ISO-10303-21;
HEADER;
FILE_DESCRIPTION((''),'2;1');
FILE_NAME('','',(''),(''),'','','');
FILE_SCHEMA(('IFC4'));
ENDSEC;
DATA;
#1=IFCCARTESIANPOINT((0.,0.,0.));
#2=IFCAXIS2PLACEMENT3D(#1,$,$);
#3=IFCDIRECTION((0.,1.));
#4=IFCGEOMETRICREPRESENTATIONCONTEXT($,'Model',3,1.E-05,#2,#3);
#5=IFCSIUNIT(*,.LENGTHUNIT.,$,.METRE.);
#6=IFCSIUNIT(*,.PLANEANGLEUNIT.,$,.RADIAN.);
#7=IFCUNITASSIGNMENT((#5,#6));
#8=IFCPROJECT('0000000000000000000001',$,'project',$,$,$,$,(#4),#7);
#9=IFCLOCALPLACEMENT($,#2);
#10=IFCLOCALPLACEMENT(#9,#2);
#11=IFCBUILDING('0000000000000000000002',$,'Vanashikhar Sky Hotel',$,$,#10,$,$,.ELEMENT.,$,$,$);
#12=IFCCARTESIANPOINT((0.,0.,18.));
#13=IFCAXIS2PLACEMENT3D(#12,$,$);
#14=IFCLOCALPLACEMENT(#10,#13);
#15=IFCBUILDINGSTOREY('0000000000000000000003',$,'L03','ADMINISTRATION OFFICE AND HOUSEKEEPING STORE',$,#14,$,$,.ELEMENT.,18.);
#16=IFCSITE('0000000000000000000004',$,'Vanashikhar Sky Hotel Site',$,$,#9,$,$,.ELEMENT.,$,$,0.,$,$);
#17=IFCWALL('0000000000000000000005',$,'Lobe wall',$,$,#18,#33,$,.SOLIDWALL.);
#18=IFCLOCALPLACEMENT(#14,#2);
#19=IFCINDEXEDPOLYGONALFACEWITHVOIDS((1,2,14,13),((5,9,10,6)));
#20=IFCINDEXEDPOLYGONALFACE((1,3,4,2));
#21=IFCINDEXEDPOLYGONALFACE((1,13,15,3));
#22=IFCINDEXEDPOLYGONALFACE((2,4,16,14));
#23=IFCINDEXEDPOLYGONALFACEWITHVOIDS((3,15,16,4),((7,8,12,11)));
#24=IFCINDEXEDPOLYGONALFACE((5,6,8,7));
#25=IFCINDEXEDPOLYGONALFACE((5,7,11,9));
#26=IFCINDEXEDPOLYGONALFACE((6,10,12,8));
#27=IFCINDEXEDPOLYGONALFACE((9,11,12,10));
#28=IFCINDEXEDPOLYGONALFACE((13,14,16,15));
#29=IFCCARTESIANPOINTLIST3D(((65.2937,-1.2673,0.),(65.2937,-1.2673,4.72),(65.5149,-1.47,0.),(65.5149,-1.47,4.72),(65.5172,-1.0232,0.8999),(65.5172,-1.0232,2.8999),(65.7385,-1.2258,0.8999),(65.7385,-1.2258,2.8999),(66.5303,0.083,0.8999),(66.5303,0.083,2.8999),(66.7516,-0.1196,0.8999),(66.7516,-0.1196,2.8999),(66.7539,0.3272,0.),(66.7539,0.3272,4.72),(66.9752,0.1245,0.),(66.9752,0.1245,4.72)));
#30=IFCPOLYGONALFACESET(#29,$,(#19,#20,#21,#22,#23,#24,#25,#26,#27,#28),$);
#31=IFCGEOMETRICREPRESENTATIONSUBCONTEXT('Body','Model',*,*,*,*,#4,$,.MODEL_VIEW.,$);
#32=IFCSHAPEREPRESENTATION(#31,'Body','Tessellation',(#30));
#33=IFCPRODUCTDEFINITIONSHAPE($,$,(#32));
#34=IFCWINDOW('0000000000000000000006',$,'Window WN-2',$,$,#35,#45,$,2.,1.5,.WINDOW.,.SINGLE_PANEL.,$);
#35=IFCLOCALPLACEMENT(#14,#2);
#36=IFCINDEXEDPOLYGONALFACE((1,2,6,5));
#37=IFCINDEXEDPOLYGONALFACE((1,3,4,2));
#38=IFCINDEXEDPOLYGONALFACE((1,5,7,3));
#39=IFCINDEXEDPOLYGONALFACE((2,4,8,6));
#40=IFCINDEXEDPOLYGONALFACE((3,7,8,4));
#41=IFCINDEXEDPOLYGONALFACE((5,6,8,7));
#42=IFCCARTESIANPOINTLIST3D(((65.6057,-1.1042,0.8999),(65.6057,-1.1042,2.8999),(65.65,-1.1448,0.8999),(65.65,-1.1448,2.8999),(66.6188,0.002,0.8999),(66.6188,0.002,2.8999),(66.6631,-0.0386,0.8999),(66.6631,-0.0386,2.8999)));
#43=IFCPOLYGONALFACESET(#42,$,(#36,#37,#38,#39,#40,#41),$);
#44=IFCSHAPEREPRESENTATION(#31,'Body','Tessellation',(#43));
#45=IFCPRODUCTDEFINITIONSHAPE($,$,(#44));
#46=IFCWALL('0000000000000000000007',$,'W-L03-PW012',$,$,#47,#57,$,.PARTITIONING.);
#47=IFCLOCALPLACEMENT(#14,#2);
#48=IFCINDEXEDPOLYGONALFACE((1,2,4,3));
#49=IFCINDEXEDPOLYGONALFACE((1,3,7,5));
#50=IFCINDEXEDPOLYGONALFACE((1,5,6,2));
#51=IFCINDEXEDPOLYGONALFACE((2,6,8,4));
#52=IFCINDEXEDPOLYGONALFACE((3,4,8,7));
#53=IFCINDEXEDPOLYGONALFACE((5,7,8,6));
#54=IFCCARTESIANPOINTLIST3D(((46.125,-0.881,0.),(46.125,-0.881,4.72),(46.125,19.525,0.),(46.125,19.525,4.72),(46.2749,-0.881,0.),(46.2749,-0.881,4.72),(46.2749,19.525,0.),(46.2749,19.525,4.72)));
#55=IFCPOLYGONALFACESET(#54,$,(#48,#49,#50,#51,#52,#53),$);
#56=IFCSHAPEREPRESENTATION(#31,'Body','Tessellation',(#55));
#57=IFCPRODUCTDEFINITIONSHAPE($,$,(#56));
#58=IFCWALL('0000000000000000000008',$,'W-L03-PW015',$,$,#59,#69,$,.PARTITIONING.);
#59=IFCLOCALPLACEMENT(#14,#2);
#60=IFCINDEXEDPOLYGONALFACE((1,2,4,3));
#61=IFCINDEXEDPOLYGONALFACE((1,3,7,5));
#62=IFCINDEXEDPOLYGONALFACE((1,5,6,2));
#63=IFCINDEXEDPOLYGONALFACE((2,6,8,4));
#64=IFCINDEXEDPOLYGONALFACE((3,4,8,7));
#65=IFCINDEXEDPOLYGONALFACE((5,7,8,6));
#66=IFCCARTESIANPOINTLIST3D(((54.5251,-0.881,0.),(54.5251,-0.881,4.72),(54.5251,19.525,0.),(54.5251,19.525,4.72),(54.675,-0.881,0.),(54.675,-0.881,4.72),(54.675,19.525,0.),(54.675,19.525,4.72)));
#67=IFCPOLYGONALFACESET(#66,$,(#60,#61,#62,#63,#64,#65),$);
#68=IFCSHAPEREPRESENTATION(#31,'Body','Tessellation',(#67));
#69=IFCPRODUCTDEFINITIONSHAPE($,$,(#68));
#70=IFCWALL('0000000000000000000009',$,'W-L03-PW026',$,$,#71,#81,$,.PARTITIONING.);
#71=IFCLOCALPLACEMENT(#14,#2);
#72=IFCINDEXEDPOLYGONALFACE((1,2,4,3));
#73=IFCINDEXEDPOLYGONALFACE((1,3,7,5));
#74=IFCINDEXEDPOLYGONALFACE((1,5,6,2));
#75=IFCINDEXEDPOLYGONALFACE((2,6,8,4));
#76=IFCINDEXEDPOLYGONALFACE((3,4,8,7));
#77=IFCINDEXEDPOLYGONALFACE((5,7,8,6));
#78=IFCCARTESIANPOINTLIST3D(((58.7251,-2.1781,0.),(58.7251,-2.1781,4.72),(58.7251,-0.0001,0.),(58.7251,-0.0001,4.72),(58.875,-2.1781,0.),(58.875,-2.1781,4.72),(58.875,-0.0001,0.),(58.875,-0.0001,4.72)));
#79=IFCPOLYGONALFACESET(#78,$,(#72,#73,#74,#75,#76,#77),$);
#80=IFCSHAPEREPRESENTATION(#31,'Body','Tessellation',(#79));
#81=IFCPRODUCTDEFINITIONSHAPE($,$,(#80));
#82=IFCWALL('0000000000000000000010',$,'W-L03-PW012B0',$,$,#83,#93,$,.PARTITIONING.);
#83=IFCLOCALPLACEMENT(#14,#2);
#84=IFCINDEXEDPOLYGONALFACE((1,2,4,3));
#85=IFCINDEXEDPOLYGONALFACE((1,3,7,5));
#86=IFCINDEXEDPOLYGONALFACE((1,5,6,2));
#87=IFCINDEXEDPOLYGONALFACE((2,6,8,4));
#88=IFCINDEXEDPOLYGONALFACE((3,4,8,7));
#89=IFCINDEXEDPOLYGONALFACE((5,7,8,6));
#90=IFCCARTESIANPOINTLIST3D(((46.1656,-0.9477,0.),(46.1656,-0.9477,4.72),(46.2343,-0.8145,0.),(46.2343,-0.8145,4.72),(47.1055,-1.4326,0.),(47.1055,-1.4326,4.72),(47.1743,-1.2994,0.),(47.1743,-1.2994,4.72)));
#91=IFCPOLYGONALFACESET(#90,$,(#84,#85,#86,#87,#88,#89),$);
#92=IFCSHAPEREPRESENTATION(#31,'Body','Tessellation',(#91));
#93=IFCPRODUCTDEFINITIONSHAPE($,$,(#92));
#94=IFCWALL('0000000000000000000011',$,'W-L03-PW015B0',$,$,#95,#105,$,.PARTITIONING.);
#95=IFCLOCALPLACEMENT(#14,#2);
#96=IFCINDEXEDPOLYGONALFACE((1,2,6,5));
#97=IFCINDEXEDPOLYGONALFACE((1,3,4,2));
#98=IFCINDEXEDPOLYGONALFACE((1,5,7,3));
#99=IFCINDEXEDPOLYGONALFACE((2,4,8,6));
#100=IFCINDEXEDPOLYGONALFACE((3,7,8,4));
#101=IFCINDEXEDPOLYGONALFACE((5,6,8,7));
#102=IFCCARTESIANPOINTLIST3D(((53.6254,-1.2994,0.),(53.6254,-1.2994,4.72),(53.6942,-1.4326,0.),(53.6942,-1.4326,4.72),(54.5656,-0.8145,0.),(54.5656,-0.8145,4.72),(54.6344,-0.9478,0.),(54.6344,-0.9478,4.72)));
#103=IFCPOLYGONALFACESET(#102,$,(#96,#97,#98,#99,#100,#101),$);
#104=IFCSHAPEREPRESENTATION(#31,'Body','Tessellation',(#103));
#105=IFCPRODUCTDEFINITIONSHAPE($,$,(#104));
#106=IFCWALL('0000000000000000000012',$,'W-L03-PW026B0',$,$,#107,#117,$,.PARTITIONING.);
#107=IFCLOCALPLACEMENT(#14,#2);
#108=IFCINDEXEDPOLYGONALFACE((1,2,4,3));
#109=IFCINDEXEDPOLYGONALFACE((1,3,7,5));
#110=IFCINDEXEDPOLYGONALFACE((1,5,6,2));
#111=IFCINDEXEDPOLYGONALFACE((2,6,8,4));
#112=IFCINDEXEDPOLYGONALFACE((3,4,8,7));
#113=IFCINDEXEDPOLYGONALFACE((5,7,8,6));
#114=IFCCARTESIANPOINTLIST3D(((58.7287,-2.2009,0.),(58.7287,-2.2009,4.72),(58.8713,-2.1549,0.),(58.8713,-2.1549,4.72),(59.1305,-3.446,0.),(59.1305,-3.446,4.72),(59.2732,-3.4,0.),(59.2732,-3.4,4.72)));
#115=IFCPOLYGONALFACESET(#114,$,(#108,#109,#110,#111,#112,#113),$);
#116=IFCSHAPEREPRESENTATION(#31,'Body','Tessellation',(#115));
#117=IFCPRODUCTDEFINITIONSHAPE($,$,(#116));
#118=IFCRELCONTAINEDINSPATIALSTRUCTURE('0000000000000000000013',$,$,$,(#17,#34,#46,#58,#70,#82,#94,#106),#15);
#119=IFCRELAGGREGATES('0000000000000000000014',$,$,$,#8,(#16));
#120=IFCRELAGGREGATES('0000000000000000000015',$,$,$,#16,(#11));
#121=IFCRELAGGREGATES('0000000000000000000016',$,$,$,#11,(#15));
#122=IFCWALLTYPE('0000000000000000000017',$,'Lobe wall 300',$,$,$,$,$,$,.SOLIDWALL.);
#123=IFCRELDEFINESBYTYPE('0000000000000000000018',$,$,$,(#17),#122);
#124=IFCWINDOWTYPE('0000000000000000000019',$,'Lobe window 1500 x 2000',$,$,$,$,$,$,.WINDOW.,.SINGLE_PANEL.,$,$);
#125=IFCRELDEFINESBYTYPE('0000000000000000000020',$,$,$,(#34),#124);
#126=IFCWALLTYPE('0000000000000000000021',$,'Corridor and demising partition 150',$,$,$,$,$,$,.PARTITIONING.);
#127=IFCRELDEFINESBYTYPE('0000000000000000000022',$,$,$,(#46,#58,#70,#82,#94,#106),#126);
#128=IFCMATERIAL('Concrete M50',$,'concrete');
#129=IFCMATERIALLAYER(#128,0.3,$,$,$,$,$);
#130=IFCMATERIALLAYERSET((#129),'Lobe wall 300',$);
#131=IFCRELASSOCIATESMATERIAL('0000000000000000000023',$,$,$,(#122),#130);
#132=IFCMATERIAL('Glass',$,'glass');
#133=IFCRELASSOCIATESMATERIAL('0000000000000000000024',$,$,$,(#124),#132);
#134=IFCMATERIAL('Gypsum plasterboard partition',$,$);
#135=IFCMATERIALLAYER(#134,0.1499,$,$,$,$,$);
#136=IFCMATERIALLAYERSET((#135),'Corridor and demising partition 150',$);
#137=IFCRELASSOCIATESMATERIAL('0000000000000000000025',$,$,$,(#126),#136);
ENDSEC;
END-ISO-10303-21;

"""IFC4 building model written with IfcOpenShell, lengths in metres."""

from ifc_helpers import new_model, si_unit, direction, frame, frame_2d, origin, place, context, subcontext, project, spatial, rectangle, extrude, source, transform, mapped, material, layer, layer_set, type_object, element, fill, save


model = new_model("IFC4")

# Units and contexts
model_context = context("Model", 3, precision=1e-05, world=origin(), true_north=direction((0.0, 1.0)))
body_context = subcontext(model_context, "Body", "Model", "MODEL_VIEW")
ifc_project = project(units=[si_unit("LENGTHUNIT", "METRE"), si_unit("PLANEANGLEUNIT", "RADIAN")], contexts=[model_context])

# Site, building, storey
site_placement = place(None, origin())
site = spatial("IfcSite", under=ifc_project, at=site_placement, Name="Vanashikhar Sky Hotel Site", CompositionType="ELEMENT", RefElevation=0.0)
building_placement = place(site_placement, origin())
building = spatial("IfcBuilding", under=site, at=building_placement, Name="Vanashikhar Sky Hotel", CompositionType="ELEMENT")
storey_placement = place(building_placement, frame((0.0, 0.0, 18.0)))
storey = spatial("IfcBuildingStorey", under=building, at=storey_placement, Name="L03", Description="ADMINISTRATION OFFICE AND HOUSEKEEPING STORE", CompositionType="ELEMENT", Elevation=18.0)

# Shared definitions
ifc_material_1 = material(Name="Concrete M50", Category="concrete")

# Shared definitions
ifc_layer_1 = layer(ifc_material_1, 0.3)
ifc_layer_set_1 = layer_set([ifc_layer_1], Name="Lobe wall 300")
wall_type_1 = type_object("IfcWallType", Name="Lobe wall 300", PredefinedType="SOLIDWALL", material=ifc_layer_set_1)

# Wall, opening, window
shared_shape_1 = source(origin(), body_context, "Body", "SweptSolid", [
    extrude(rectangle(XDim=1.5, YDim=2.0, at=frame_2d((0.75, 1.0))), frame((0.0, 0.1602, 0.0), z_axis=(0.0, -1.0, 0.0), x_axis=(1.0, 0.0, 0.0)), (0.0, 0.0, 1.0), 0.3201),
])
ifc_material_2 = material(Name="Glass", Category="glass")
window_type = type_object("IfcWindowType", Name="Lobe window 1500 x 2000", PartitioningType="SINGLE_PANEL", PredefinedType="WINDOW", material=ifc_material_2)
shared_shape_2 = source(origin(), body_context, "Body", "SweptSolid", [
    extrude(rectangle(XDim=1.5, YDim=2.0, at=frame_2d((0.75, 1.0))), frame((0.0, 0.03, 0.0), z_axis=(0.0, -1.0, 0.0), x_axis=(1.0, 0.0, 0.0)), (0.0, 0.0, 1.0), 0.0601),
])
shared_shape_3 = source(origin(), body_context, "Body", "SweptSolid", [
    extrude(rectangle(XDim=2.1621, YDim=0.3, at=frame_2d((1.0811, 0.0))), origin(), (0.0, 0.0, 1.0), 4.72),
])
wall_1_placement = place(storey_placement, frame((65.4043, -1.3687, 0.0), z_axis=(0.0, 0.0, 1.0), x_axis=(0.675372, 0.737477, 0.0)))
wall_1 = element("IfcWall", 1, at=wall_1_placement, inside=storey, type_object=wall_type_1, Name="Lobe wall", PredefinedType="SOLIDWALL", context=body_context, shape_type="MappedRepresentation", body=[
    mapped(shared_shape_3, transform((0.0, 0.0, 0.0), scale=1.0)),
])
opening_1_placement = place(wall_1_placement, frame((0.3311, 0.0, 0.8999)))
opening_1 = element("IfcOpeningElement", 2, at=opening_1_placement, cuts=wall_1, PredefinedType="OPENING", context=body_context, shape_type="MappedRepresentation", body=[
    mapped(shared_shape_1, transform((0.0, 0.0, 0.0), scale=1.0)),
])
window_1_placement = place(opening_1_placement, origin())
window_1 = element("IfcWindow", 3, at=window_1_placement, inside=storey, type_object=window_type, Name="Window WN-2", OverallHeight=2.0, OverallWidth=1.5, PartitioningType="SINGLE_PANEL", PredefinedType="WINDOW", context=body_context, shape_type="MappedRepresentation", body=[
    mapped(shared_shape_2, transform((0.0, 0.0, 0.0), scale=1.0)),
])
fill(opening_1, window_1)

# Walls
ifc_material_3 = material(Name="Gypsum plasterboard partition")
ifc_layer_2 = layer(ifc_material_3, 0.1499)
ifc_layer_set_2 = layer_set([ifc_layer_2], Name="Corridor and demising partition 150")
wall_type_2 = type_object("IfcWallType", Name="Corridor and demising partition 150", PredefinedType="PARTITIONING", material=ifc_layer_set_2)
shared_shape_4 = source(origin(), body_context, "Body", "SweptSolid", [
    extrude(rectangle(XDim=20.406, YDim=0.1499, at=frame_2d((10.2031, 0.0))), origin(), (0.0, 0.0, 1.0), 4.72),
])
for number, where, z_axis, x_axis, name in (
    (4, (46.2, -0.8811, 0.0), (0.0, 0.0, 1.0), (0.0, 1.0, 0.0), "W-L03-PW012"),
    (5, (54.6001, -0.8811, 0.0), (0.0, 0.0, 1.0), (0.0, 1.0, 0.0), "W-L03-PW015"),
):
    element("IfcWall", number, at=place(storey_placement, frame(where, z_axis=z_axis, x_axis=x_axis)), inside=storey, type_object=wall_type_2, Name=name, PredefinedType="PARTITIONING", context=body_context, shape_type="MappedRepresentation", body=[
        mapped(shared_shape_4, transform((0.0, 0.0, 0.0), scale=1.0)),
    ])
shared_shape_5 = source(origin(), body_context, "Body", "SweptSolid", [
    extrude(rectangle(XDim=2.178, YDim=0.1499, at=frame_2d((1.0889, 0.0))), origin(), (0.0, 0.0, 1.0), 4.72),
])
wall_2_placement = place(storey_placement, frame((58.8, -2.178, 0.0), z_axis=(0.0, 0.0, 1.0), x_axis=(0.0, 1.0, 0.0)))
element("IfcWall", 6, at=wall_2_placement, inside=storey, type_object=wall_type_2, Name="W-L03-PW026", PredefinedType="PARTITIONING", context=body_context, shape_type="MappedRepresentation", body=[
    mapped(shared_shape_5, transform((0.0, 0.0, 0.0), scale=1.0)),
])
shared_shape_6 = source(origin(), body_context, "Body", "SweptSolid", [
    extrude(rectangle(XDim=1.0576, YDim=0.1499, at=frame_2d((0.5288, 0.0))), origin(), (0.0, 0.0, 1.0), 4.72),
])
wall_3_placement = place(storey_placement, frame((47.1399, -1.366, 0.0), z_axis=(0.0, 0.0, 1.0), x_axis=(-0.888724, 0.458443, 0.0)))
element("IfcWall", 7, at=wall_3_placement, inside=storey, type_object=wall_type_2, Name="W-L03-PW012B0", PredefinedType="PARTITIONING", context=body_context, shape_type="MappedRepresentation", body=[
    mapped(shared_shape_6, transform((0.0, 0.0, 0.0), scale=1.0)),
])
shared_shape_7 = source(origin(), body_context, "Body", "SweptSolid", [
    extrude(rectangle(XDim=1.0579, YDim=0.1499, at=frame_2d((0.5288, 0.0))), origin(), (0.0, 0.0, 1.0), 4.72),
])
wall_4_placement = place(storey_placement, frame((53.6599, -1.366, 0.0), z_axis=(0.0, 0.0, 1.0), x_axis=(0.888772, 0.458349, 0.0)))
element("IfcWall", 8, at=wall_4_placement, inside=storey, type_object=wall_type_2, Name="W-L03-PW015B0", PredefinedType="PARTITIONING", context=body_context, shape_type="MappedRepresentation", body=[
    mapped(shared_shape_7, transform((0.0, 0.0, 0.0), scale=1.0)),
])
shared_shape_8 = source(origin(), body_context, "Body", "SweptSolid", [
    extrude(rectangle(XDim=1.3083, YDim=0.1499, at=frame_2d((0.6543, 0.0))), origin(), (0.0, 0.0, 1.0), 4.72),
])
wall_5_placement = place(storey_placement, frame((59.2019, -3.4231, 0.0), z_axis=(0.0, 0.0, 1.0), x_axis=(-0.307145, 0.951663, 0.0)))
element("IfcWall", 9, at=wall_5_placement, inside=storey, type_object=wall_type_2, Name="W-L03-PW026B0", PredefinedType="PARTITIONING", context=body_context, shape_type="MappedRepresentation", body=[
    mapped(shared_shape_8, transform((0.0, 0.0, 0.0), scale=1.0)),
])

save(model, "model.ifc")
